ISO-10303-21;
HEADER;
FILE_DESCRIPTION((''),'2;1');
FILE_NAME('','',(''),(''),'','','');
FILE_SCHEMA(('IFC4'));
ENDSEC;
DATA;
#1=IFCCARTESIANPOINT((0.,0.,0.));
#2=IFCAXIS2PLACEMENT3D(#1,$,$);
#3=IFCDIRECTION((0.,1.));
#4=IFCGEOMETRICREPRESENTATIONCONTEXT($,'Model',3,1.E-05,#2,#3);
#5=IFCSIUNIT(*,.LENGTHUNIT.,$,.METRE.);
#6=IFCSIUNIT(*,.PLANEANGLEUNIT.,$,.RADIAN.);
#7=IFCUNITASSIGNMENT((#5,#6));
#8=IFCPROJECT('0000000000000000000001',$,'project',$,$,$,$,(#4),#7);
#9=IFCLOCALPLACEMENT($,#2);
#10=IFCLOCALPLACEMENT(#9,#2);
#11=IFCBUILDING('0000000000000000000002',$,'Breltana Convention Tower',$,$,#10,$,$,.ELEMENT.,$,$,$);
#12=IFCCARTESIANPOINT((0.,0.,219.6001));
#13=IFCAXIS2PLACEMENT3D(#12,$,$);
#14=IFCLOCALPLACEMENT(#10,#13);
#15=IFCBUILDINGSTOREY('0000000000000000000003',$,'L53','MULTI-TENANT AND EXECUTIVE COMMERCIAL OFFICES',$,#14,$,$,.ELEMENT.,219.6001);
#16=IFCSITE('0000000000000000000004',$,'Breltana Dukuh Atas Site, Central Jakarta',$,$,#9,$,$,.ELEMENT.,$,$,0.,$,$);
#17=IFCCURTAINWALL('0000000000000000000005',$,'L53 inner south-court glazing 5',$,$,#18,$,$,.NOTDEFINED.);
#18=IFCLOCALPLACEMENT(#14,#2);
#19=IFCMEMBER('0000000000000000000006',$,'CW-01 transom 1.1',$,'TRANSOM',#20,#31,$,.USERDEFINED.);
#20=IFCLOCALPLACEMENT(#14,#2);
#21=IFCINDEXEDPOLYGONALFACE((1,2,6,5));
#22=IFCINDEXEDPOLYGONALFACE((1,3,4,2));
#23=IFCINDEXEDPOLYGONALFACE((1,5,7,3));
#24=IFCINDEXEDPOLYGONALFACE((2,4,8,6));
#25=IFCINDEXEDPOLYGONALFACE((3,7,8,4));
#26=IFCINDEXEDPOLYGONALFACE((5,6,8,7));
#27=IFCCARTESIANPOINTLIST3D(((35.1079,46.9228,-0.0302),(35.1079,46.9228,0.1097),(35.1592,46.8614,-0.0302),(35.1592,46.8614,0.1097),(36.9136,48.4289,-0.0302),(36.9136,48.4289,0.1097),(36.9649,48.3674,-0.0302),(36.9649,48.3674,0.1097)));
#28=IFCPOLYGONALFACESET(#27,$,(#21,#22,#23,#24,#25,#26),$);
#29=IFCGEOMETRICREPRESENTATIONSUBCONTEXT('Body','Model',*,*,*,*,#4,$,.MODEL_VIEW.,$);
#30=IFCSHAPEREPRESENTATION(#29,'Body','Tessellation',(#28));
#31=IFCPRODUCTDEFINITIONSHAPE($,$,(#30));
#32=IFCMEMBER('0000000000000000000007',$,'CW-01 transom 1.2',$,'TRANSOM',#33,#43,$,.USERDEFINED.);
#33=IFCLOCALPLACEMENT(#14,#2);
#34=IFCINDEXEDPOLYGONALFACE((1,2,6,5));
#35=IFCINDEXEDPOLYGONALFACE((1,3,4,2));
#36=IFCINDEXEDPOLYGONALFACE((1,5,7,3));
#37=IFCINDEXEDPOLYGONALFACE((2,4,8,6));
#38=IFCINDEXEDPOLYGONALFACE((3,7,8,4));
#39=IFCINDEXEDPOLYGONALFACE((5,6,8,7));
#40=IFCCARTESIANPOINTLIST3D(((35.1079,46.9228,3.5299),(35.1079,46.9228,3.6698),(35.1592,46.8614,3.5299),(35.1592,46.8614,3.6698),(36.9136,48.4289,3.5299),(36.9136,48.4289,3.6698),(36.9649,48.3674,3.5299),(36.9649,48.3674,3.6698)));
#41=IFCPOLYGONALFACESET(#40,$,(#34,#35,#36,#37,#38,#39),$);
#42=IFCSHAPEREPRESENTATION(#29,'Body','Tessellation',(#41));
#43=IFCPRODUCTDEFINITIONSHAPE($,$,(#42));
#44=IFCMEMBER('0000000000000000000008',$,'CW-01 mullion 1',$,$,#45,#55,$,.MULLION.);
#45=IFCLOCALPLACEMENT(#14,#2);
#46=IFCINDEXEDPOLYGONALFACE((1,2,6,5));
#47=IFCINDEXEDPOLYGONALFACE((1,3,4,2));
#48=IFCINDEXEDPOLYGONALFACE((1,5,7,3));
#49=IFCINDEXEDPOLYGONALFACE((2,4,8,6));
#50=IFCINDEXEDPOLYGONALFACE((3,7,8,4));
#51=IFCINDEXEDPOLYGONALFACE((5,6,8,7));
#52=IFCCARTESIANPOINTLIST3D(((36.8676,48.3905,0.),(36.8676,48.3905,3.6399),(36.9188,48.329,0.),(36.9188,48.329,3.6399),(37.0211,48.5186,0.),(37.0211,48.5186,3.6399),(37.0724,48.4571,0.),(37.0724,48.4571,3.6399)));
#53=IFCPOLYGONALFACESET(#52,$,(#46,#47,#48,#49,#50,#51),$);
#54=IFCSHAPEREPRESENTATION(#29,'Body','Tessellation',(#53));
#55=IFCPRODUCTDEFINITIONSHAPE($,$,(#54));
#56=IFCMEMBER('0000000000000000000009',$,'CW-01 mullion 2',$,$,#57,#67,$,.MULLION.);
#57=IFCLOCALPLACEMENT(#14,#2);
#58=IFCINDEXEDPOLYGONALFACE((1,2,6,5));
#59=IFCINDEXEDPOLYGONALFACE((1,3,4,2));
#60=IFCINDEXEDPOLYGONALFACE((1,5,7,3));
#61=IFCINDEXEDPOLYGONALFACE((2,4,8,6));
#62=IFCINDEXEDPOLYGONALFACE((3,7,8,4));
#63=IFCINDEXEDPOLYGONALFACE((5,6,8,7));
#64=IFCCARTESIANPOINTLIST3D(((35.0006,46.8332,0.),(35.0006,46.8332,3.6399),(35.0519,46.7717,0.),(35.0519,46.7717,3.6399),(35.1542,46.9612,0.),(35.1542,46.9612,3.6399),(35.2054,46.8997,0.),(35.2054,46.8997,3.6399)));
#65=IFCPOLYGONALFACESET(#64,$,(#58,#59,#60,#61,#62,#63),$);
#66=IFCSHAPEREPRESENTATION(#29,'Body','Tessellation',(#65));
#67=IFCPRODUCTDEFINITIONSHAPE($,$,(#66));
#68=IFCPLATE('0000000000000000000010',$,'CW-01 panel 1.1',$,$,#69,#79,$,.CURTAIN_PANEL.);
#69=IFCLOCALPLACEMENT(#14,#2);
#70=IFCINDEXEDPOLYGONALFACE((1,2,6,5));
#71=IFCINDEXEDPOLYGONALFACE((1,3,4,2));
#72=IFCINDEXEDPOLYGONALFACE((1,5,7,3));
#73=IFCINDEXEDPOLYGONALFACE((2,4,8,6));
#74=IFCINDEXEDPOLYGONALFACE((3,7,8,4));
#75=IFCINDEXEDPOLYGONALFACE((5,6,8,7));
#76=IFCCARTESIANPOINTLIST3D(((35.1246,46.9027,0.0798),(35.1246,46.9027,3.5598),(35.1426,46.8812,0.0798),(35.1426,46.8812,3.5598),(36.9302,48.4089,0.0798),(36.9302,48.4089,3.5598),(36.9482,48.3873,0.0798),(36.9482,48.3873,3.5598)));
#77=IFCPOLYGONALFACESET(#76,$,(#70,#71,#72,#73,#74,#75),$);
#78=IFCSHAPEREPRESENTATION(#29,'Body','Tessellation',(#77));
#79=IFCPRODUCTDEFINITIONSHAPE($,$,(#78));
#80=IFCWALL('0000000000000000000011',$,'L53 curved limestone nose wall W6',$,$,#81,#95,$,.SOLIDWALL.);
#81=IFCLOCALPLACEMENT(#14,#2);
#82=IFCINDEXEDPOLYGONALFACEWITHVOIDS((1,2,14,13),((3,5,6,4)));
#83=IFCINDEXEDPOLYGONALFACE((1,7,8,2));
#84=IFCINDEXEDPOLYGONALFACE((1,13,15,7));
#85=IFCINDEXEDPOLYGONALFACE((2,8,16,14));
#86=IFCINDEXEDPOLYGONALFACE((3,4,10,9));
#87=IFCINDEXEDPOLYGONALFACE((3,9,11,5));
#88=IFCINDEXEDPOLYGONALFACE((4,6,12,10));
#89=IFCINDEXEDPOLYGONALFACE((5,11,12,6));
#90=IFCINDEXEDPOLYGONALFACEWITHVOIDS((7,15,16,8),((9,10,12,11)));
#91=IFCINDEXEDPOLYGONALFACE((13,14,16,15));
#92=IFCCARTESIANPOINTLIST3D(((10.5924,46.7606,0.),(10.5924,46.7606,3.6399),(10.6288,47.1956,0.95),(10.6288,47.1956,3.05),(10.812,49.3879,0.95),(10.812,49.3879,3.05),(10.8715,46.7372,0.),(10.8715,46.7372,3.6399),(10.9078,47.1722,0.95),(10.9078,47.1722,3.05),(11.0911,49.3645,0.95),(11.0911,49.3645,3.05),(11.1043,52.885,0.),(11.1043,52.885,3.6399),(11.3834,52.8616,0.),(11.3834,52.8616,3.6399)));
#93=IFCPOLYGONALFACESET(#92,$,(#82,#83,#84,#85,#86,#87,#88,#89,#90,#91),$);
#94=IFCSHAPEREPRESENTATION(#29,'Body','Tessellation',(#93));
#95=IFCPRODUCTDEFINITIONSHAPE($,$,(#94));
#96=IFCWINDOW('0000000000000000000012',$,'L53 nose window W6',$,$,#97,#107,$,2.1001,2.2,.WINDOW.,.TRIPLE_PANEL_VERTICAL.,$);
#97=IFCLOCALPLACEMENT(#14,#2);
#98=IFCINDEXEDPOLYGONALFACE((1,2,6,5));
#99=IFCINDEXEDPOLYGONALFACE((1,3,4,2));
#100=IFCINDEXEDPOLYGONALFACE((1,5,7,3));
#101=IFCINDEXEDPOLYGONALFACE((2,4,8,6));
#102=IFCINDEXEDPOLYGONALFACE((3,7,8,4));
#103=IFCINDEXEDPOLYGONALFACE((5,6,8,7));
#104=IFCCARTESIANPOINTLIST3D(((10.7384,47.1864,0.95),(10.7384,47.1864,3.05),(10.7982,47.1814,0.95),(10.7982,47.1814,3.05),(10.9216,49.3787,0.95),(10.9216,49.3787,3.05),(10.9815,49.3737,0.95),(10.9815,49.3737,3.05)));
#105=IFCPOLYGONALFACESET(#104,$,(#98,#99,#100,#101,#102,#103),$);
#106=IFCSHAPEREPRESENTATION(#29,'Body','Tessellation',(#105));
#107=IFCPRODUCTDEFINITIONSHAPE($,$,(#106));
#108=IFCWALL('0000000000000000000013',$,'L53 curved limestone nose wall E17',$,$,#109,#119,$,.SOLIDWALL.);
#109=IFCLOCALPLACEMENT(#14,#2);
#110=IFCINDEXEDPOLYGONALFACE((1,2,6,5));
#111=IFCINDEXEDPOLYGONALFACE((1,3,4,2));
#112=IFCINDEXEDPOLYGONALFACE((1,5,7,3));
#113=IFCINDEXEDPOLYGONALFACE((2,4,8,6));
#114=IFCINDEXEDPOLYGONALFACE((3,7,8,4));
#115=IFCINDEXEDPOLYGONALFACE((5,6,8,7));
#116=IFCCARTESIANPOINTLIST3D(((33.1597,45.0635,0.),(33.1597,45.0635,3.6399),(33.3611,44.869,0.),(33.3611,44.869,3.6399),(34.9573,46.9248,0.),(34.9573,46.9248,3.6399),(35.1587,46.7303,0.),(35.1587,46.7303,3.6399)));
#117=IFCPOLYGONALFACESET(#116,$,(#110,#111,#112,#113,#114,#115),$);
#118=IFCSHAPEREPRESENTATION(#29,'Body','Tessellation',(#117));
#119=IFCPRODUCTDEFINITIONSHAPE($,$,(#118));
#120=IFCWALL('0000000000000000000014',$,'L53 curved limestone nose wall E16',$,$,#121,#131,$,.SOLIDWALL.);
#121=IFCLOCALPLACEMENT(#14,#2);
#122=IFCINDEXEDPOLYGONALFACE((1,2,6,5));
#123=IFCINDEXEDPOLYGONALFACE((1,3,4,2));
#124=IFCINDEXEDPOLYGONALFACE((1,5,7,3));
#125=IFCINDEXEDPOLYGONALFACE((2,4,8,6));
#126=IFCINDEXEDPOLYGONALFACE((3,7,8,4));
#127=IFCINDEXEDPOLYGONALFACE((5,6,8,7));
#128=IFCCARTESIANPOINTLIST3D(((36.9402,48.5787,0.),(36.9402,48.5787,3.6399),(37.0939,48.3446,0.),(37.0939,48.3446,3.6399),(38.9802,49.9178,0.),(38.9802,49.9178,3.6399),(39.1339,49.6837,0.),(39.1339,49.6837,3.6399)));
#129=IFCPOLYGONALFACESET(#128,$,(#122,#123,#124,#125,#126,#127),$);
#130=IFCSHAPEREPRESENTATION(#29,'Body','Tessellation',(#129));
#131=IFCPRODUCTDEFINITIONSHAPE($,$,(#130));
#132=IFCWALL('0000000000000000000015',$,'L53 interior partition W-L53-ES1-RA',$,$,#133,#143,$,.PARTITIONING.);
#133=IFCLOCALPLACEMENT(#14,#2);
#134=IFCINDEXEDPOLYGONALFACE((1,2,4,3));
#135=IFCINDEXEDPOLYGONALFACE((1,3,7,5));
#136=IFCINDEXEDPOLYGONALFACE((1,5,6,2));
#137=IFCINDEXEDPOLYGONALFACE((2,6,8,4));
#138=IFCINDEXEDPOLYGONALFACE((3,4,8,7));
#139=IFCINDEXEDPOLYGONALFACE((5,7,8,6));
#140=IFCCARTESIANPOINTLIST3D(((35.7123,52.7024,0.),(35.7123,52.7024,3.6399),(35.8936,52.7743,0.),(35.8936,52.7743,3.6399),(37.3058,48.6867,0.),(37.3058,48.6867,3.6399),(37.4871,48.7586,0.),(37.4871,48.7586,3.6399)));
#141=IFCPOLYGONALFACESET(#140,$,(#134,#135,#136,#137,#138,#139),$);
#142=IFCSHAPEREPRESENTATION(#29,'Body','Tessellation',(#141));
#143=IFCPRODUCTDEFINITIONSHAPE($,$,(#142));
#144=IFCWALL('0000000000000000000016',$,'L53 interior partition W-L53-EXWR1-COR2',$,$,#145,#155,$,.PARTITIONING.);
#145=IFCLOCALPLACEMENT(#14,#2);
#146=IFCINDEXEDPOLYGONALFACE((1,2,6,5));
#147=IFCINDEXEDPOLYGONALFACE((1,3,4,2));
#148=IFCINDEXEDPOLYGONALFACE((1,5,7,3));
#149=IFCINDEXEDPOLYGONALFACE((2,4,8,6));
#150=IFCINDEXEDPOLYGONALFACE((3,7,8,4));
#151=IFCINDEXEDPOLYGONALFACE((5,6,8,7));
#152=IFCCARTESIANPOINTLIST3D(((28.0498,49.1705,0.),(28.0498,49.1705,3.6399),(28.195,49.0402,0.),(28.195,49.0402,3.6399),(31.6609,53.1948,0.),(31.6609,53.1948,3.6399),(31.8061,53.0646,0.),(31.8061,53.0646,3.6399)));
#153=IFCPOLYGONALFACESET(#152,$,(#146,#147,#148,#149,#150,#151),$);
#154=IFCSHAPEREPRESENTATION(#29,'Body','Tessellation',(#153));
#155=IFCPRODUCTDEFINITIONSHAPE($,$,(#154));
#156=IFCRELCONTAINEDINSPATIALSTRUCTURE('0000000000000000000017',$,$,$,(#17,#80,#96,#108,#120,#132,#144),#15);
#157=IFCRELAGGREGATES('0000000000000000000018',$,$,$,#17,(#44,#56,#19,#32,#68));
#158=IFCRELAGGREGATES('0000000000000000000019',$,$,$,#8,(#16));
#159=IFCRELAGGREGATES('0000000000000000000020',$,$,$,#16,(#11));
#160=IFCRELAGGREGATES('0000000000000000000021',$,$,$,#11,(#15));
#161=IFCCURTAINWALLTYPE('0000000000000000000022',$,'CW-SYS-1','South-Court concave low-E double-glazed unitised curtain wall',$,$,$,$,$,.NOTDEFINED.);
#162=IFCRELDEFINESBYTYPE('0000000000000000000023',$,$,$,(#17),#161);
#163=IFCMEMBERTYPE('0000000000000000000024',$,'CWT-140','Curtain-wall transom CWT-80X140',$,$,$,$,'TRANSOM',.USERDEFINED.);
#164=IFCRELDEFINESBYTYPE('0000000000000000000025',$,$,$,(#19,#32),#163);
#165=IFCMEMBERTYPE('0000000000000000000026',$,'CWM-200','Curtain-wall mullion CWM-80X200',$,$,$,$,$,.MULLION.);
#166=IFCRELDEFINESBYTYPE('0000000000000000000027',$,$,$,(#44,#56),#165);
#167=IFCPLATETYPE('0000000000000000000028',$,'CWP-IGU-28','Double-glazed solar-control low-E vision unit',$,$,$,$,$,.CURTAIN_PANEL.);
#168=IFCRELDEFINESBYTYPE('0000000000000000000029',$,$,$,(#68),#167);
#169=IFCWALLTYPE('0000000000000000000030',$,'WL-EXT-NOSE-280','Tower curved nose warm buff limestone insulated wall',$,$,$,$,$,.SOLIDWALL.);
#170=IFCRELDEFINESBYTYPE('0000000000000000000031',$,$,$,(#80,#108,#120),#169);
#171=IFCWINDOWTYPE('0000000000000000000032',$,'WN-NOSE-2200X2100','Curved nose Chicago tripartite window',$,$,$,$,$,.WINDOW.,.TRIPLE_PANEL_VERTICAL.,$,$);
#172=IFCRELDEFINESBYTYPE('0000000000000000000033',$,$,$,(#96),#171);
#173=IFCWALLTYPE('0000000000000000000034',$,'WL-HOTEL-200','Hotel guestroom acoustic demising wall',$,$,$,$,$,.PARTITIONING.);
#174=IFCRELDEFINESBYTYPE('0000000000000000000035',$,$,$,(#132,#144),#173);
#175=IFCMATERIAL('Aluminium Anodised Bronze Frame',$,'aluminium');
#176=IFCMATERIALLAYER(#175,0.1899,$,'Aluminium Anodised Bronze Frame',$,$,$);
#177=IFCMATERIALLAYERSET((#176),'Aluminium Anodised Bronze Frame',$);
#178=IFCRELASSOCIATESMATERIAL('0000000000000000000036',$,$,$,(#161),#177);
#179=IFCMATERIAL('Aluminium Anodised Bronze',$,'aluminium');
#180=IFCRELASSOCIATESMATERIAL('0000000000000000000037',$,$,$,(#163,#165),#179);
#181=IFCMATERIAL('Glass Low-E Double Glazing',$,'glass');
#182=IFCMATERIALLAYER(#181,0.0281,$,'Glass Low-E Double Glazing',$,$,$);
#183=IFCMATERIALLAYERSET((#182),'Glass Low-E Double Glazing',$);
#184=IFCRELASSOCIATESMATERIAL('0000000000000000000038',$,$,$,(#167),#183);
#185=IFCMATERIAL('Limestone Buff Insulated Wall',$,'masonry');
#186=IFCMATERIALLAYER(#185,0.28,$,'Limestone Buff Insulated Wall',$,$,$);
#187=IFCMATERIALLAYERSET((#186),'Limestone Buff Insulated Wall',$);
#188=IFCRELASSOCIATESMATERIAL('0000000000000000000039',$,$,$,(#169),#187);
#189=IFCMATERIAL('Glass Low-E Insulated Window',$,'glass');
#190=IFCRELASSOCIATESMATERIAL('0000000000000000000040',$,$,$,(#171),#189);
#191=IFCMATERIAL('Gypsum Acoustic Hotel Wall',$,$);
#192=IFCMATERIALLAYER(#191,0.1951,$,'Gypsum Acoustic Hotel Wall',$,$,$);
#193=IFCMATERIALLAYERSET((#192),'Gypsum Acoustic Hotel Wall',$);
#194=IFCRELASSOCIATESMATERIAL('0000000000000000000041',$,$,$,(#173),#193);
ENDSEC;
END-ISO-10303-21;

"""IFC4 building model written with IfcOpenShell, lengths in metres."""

from ifc_helpers import new_model, si_unit, direction, frame, frame_2d, origin, origin_2d, place, context, subcontext, project, spatial, rectangle, extrude, source, transform, mapped, material, layer, layer_set, material_profile, profile_set, type_object, type_shapes, element, fill, aggregate, save


model = new_model("IFC4")

# Units and contexts
model_context = context("Model", 3, precision=1e-05, world=origin(), true_north=direction((0.0, 1.0)))
body_context = subcontext(model_context, "Body", "Model", "MODEL_VIEW")
ifc_project = project(units=[si_unit("LENGTHUNIT", "METRE"), si_unit("PLANEANGLEUNIT", "RADIAN")], contexts=[model_context])

# Site, building, storey
site_placement = place(None, origin())
site = spatial("IfcSite", under=ifc_project, at=site_placement, Name="Breltana Dukuh Atas Site, Central Jakarta", CompositionType="ELEMENT", RefElevation=0.0)
building_placement = place(site_placement, origin())
building = spatial("IfcBuilding", under=site, at=building_placement, Name="Breltana Convention Tower", CompositionType="ELEMENT")
storey_placement = place(building_placement, frame((0.0, 0.0, 219.6001)))
storey = spatial("IfcBuildingStorey", under=building, at=storey_placement, Name="L53", Description="MULTI-TENANT AND EXECUTIVE COMMERCIAL OFFICES", CompositionType="ELEMENT", Elevation=219.6001)

# Curtain wall, members, plate
ifc_material_1 = material(Name="Aluminium Anodised Bronze Frame", Category="aluminium")
ifc_layer_1 = layer(ifc_material_1, 0.1899, Name="Aluminium Anodised Bronze Frame")
ifc_layer_set_1 = layer_set([ifc_layer_1], Name="Aluminium Anodised Bronze Frame")
curtain_wall_type = type_object("IfcCurtainWallType", Name="CW-SYS-1", Description="South-Court concave low-E double-glazed unitised curtain wall", PredefinedType="NOTDEFINED", material=ifc_layer_set_1)
curtain_wall_placement = place(storey_placement, origin())
curtain_wall = element("IfcCurtainWall", 1, at=curtain_wall_placement, inside=storey, type_object=curtain_wall_type, Name="L53 inner south-court glazing 5", PredefinedType="NOTDEFINED")
ifc_material_2 = material(Name="Aluminium Anodised Bronze", Category="aluminium")
ifc_material_profile_1 = material_profile(ifc_material_2, rectangle(XDim=0.0801, YDim=0.1399, at=origin_2d()), Name="CWT-80X140")
ifc_profile_set_1 = profile_set([ifc_material_profile_1], Name="Aluminium Anodised Bronze")
member_type_1 = type_object("IfcMemberType", Name="CWT-140", Description="Curtain-wall transom CWT-80X140", ElementType="TRANSOM", PredefinedType="USERDEFINED", material=ifc_profile_set_1)
shared_shape_1 = source(origin(), body_context, "Body", "SweptSolid", [
    extrude(rectangle(XDim=0.0801, YDim=0.1399, at=origin_2d()), origin(), (0.0, 0.0, 1.0), 2.3513),
])
member_1_placement = place(storey_placement, frame((36.9392, 48.3982, 0.0398), z_axis=(-0.767932, -0.640532, 0.0), x_axis=(0.640532, -0.767932, 0.0)))
member_1 = element("IfcMember", 2, at=member_1_placement, type_object=member_type_1, Name="CW-01 transom 1.1", ObjectType="TRANSOM", PredefinedType="USERDEFINED", context=body_context, shape_type="MappedRepresentation", body=[
    mapped(shared_shape_1, transform((0.0, 0.0, 0.0), scale=1.0)),
])
member_2_placement = place(storey_placement, frame((36.9392, 48.3982, 3.5999), z_axis=(-0.767932, -0.640532, 0.0), x_axis=(0.640532, -0.767932, 0.0)))
member_2 = element("IfcMember", 3, at=member_2_placement, type_object=member_type_1, Name="CW-01 transom 1.2", ObjectType="TRANSOM", PredefinedType="USERDEFINED", context=body_context, shape_type="MappedRepresentation", body=[
    mapped(shared_shape_1, transform((0.0, 0.0, 0.0), scale=1.0)),
])
ifc_material_profile_2 = material_profile(ifc_material_2, rectangle(XDim=0.0801, YDim=0.2, at=origin_2d()), Name="CWM-80X200")
ifc_profile_set_2 = profile_set([ifc_material_profile_2], Name="Aluminium Anodised Bronze")
member_type_2 = type_object("IfcMemberType", Name="CWM-200", Description="Curtain-wall mullion CWM-80X200", PredefinedType="MULLION", material=ifc_profile_set_2)
shared_shape_2 = source(origin(), body_context, "Body", "SweptSolid", [
    extrude(rectangle(XDim=0.0801, YDim=0.2, at=origin_2d()), origin(), (0.0, 0.0, 1.0), 3.6399),
])
member_3_placement = place(storey_placement, frame((36.97, 48.4238, 0.0), z_axis=(0.0, 0.0, 1.0), x_axis=(0.640541, -0.767924, 0.0)))
member_3 = element("IfcMember", 4, at=member_3_placement, type_object=member_type_2, Name="CW-01 mullion 1", PredefinedType="MULLION", context=body_context, shape_type="MappedRepresentation", body=[
    mapped(shared_shape_2, transform((0.0, 0.0, 0.0), scale=1.0)),
])
member_4_placement = place(storey_placement, frame((35.103, 46.8665, 0.0), z_axis=(0.0, 0.0, 1.0), x_axis=(0.640541, -0.767924, 0.0)))
member_4 = element("IfcMember", 5, at=member_4_placement, type_object=member_type_2, Name="CW-01 mullion 2", PredefinedType="MULLION", context=body_context, shape_type="MappedRepresentation", body=[
    mapped(shared_shape_2, transform((0.0, 0.0, 0.0), scale=1.0)),
])
ifc_material_3 = material(Name="Glass Low-E Double Glazing", Category="glass")
ifc_layer_2 = layer(ifc_material_3, 0.0281, Name="Glass Low-E Double Glazing")
ifc_layer_set_2 = layer_set([ifc_layer_2], Name="Glass Low-E Double Glazing")
plate_type = type_object("IfcPlateType", Name="CWP-IGU-28", Description="Double-glazed solar-control low-E vision unit", PredefinedType="CURTAIN_PANEL", material=ifc_layer_set_2)
shared_shape_3 = source(origin(), body_context, "Body", "SweptSolid", [
    extrude(rectangle(XDim=2.3513, YDim=0.0281, at=origin_2d()), origin(), (0.0, 0.0, 1.0), 3.48),
])
plate_placement = place(storey_placement, frame((36.0364, 47.645, 0.0798), z_axis=(0.0, 0.0, 1.0), x_axis=(-0.767924, -0.640541, 0.0)))
plate = element("IfcPlate", 6, at=plate_placement, type_object=plate_type, Name="CW-01 panel 1.1", PredefinedType="CURTAIN_PANEL", context=body_context, shape_type="MappedRepresentation", body=[
    mapped(shared_shape_3, transform((0.0, 0.0, 0.0), scale=1.0)),
])
aggregate(curtain_wall, [member_3, member_4, member_1, member_2, plate])

# Wall, opening, window
ifc_material_4 = material(Name="Limestone Buff Insulated Wall", Category="masonry")
ifc_layer_3 = layer(ifc_material_4, 0.28, Name="Limestone Buff Insulated Wall")
ifc_layer_set_3 = layer_set([ifc_layer_3], Name="Limestone Buff Insulated Wall")
wall_type_1 = type_object("IfcWallType", Name="WL-EXT-NOSE-280", Description="Tower curved nose warm buff limestone insulated wall", PredefinedType="SOLIDWALL", material=ifc_layer_set_3)
shared_shape_4 = source(origin(), body_context, "Body", "SweptSolid", [
    extrude(rectangle(XDim=6.1458, YDim=0.28, at=frame_2d((3.0728, 0.0))), origin(), (0.0, 0.0, 1.0), 3.6399),
])
wall_1_placement = place(storey_placement, frame((10.7319, 46.749, 0.0), z_axis=(0.0, 0.0, 1.0), x_axis=(0.083302, 0.996524, 0.0)))
wall_1 = element("IfcWall", 7, at=wall_1_placement, inside=storey, type_object=wall_type_1, Name="L53 curved limestone nose wall W6", PredefinedType="SOLIDWALL", context=body_context, shape_type="MappedRepresentation", body=[
    mapped(shared_shape_4, transform((0.0, 0.0, 0.0), scale=1.0)),
])
opening_placement = place(wall_1_placement, frame((0.4363, 0.0, 0.95)))
opening = element("IfcOpeningElement", 8, at=opening_placement, cuts=wall_1, PredefinedType="OPENING", context=body_context, shape_type="SweptSolid", body=[
    extrude(rectangle(XDim=2.2, YDim=2.1001, at=frame_2d((1.1001, 1.05))), frame((0.0, 0.1499, 0.0), z_axis=(0.0, -1.0, 0.0), x_axis=(1.0, 0.0, 0.0)), (0.0, 0.0, 1.0), 0.3),
])
ifc_material_5 = material(Name="Glass Low-E Insulated Window", Category="glass")
window_type = type_object("IfcWindowType", Name="WN-NOSE-2200X2100", Description="Curved nose Chicago tripartite window", PartitioningType="TRIPLE_PANEL_VERTICAL", PredefinedType="WINDOW", material=ifc_material_5)
shared_shape_5 = source(origin(), body_context, "Body", "SweptSolid", [
    extrude(rectangle(XDim=2.2, YDim=2.1001, at=frame_2d((1.1001, 1.05))), frame((0.0, 0.03, 0.0), z_axis=(0.0, -1.0, 0.0), x_axis=(1.0, 0.0, 0.0)), (0.0, 0.0, 1.0), 0.0601),
])
type_shapes(window_type, [shared_shape_5])
window_placement = place(opening_placement, origin())
window = element("IfcWindow", 9, at=window_placement, inside=storey, type_object=window_type, Name="L53 nose window W6", OverallHeight=2.1001, OverallWidth=2.2, PartitioningType="TRIPLE_PANEL_VERTICAL", PredefinedType="WINDOW", context=body_context, shape_type="MappedRepresentation", body=[
    mapped(shared_shape_5, transform((0.0, 0.0, 0.0), scale=1.0)),
])
fill(opening, window)

# Walls
shared_shape_6 = source(origin(), body_context, "Body", "SweptSolid", [
    extrude(rectangle(XDim=2.5876, YDim=0.28, at=frame_2d((1.2939, 0.0))), origin(), (0.0, 0.0, 1.0), 3.6399),
])
wall_2_placement = place(storey_placement, frame((35.0581, 46.8276, 0.0), z_axis=(0.0, 0.0, 1.0), x_axis=(-0.694687, -0.719312, 0.0)))
element("IfcWall", 10, at=wall_2_placement, inside=storey, type_object=wall_type_1, Name="L53 curved limestone nose wall E17", PredefinedType="SOLIDWALL", context=body_context, shape_type="MappedRepresentation", body=[
    mapped(shared_shape_6, transform((0.0, 0.0, 0.0), scale=1.0)),
])
shared_shape_7 = source(origin(), body_context, "Body", "SweptSolid", [
    extrude(rectangle(XDim=2.4402, YDim=0.28, at=frame_2d((1.2202, 0.0))), origin(), (0.0, 0.0, 1.0), 3.6399),
])
wall_3_placement = place(storey_placement, frame((39.0571, 49.8008, 0.0), z_axis=(0.0, 0.0, 1.0), x_axis=(-0.835985, -0.548753, 0.0)))
element("IfcWall", 11, at=wall_3_placement, inside=storey, type_object=wall_type_1, Name="L53 curved limestone nose wall E16", PredefinedType="SOLIDWALL", context=body_context, shape_type="MappedRepresentation", body=[
    mapped(shared_shape_7, transform((0.0, 0.0, 0.0), scale=1.0)),
])
ifc_material_6 = material(Name="Gypsum Acoustic Hotel Wall")
ifc_layer_4 = layer(ifc_material_6, 0.1951, Name="Gypsum Acoustic Hotel Wall")
ifc_layer_set_4 = layer_set([ifc_layer_4], Name="Gypsum Acoustic Hotel Wall")
wall_type_2 = type_object("IfcWallType", Name="WL-HOTEL-200", Description="Hotel guestroom acoustic demising wall", PredefinedType="PARTITIONING", material=ifc_layer_set_4)
shared_shape_8 = source(origin(), body_context, "Body", "SweptSolid", [
    extrude(rectangle(XDim=4.3203, YDim=0.1951, at=frame_2d((2.1602, 0.0))), origin(), (0.0, 0.0, 1.0), 3.6399),
])
wall_4_placement = place(storey_placement, frame((37.3965, 48.7227, 0.0), z_axis=(0.0, 0.0, 1.0), x_axis=(-0.368846, 0.92949, 0.0)))
element("IfcWall", 12, at=wall_4_placement, inside=storey, type_object=wall_type_2, Name="L53 interior partition W-L53-ES1-RA", PredefinedType="PARTITIONING", context=body_context, shape_type="MappedRepresentation", body=[
    mapped(shared_shape_8, transform((0.0, 0.0, 0.0), scale=1.0)),
])
shared_shape_9 = source(origin(), body_context, "Body", "SweptSolid", [
    extrude(rectangle(XDim=5.407, YDim=0.1951, at=frame_2d((2.7036, 0.0))), origin(), (0.0, 0.0, 1.0), 3.6399),
])
wall_5_placement = place(storey_placement, frame((28.1223, 49.1052, 0.0), z_axis=(0.0, 0.0, 1.0), x_axis=(0.667851, 0.744295, 0.0)))
element("IfcWall", 13, at=wall_5_placement, inside=storey, type_object=wall_type_2, Name="L53 interior partition W-L53-EXWR1-COR2", PredefinedType="PARTITIONING", context=body_context, shape_type="MappedRepresentation", body=[
    mapped(shared_shape_9, transform((0.0, 0.0, 0.0), scale=1.0)),
])

save(model, "model.ifc")
